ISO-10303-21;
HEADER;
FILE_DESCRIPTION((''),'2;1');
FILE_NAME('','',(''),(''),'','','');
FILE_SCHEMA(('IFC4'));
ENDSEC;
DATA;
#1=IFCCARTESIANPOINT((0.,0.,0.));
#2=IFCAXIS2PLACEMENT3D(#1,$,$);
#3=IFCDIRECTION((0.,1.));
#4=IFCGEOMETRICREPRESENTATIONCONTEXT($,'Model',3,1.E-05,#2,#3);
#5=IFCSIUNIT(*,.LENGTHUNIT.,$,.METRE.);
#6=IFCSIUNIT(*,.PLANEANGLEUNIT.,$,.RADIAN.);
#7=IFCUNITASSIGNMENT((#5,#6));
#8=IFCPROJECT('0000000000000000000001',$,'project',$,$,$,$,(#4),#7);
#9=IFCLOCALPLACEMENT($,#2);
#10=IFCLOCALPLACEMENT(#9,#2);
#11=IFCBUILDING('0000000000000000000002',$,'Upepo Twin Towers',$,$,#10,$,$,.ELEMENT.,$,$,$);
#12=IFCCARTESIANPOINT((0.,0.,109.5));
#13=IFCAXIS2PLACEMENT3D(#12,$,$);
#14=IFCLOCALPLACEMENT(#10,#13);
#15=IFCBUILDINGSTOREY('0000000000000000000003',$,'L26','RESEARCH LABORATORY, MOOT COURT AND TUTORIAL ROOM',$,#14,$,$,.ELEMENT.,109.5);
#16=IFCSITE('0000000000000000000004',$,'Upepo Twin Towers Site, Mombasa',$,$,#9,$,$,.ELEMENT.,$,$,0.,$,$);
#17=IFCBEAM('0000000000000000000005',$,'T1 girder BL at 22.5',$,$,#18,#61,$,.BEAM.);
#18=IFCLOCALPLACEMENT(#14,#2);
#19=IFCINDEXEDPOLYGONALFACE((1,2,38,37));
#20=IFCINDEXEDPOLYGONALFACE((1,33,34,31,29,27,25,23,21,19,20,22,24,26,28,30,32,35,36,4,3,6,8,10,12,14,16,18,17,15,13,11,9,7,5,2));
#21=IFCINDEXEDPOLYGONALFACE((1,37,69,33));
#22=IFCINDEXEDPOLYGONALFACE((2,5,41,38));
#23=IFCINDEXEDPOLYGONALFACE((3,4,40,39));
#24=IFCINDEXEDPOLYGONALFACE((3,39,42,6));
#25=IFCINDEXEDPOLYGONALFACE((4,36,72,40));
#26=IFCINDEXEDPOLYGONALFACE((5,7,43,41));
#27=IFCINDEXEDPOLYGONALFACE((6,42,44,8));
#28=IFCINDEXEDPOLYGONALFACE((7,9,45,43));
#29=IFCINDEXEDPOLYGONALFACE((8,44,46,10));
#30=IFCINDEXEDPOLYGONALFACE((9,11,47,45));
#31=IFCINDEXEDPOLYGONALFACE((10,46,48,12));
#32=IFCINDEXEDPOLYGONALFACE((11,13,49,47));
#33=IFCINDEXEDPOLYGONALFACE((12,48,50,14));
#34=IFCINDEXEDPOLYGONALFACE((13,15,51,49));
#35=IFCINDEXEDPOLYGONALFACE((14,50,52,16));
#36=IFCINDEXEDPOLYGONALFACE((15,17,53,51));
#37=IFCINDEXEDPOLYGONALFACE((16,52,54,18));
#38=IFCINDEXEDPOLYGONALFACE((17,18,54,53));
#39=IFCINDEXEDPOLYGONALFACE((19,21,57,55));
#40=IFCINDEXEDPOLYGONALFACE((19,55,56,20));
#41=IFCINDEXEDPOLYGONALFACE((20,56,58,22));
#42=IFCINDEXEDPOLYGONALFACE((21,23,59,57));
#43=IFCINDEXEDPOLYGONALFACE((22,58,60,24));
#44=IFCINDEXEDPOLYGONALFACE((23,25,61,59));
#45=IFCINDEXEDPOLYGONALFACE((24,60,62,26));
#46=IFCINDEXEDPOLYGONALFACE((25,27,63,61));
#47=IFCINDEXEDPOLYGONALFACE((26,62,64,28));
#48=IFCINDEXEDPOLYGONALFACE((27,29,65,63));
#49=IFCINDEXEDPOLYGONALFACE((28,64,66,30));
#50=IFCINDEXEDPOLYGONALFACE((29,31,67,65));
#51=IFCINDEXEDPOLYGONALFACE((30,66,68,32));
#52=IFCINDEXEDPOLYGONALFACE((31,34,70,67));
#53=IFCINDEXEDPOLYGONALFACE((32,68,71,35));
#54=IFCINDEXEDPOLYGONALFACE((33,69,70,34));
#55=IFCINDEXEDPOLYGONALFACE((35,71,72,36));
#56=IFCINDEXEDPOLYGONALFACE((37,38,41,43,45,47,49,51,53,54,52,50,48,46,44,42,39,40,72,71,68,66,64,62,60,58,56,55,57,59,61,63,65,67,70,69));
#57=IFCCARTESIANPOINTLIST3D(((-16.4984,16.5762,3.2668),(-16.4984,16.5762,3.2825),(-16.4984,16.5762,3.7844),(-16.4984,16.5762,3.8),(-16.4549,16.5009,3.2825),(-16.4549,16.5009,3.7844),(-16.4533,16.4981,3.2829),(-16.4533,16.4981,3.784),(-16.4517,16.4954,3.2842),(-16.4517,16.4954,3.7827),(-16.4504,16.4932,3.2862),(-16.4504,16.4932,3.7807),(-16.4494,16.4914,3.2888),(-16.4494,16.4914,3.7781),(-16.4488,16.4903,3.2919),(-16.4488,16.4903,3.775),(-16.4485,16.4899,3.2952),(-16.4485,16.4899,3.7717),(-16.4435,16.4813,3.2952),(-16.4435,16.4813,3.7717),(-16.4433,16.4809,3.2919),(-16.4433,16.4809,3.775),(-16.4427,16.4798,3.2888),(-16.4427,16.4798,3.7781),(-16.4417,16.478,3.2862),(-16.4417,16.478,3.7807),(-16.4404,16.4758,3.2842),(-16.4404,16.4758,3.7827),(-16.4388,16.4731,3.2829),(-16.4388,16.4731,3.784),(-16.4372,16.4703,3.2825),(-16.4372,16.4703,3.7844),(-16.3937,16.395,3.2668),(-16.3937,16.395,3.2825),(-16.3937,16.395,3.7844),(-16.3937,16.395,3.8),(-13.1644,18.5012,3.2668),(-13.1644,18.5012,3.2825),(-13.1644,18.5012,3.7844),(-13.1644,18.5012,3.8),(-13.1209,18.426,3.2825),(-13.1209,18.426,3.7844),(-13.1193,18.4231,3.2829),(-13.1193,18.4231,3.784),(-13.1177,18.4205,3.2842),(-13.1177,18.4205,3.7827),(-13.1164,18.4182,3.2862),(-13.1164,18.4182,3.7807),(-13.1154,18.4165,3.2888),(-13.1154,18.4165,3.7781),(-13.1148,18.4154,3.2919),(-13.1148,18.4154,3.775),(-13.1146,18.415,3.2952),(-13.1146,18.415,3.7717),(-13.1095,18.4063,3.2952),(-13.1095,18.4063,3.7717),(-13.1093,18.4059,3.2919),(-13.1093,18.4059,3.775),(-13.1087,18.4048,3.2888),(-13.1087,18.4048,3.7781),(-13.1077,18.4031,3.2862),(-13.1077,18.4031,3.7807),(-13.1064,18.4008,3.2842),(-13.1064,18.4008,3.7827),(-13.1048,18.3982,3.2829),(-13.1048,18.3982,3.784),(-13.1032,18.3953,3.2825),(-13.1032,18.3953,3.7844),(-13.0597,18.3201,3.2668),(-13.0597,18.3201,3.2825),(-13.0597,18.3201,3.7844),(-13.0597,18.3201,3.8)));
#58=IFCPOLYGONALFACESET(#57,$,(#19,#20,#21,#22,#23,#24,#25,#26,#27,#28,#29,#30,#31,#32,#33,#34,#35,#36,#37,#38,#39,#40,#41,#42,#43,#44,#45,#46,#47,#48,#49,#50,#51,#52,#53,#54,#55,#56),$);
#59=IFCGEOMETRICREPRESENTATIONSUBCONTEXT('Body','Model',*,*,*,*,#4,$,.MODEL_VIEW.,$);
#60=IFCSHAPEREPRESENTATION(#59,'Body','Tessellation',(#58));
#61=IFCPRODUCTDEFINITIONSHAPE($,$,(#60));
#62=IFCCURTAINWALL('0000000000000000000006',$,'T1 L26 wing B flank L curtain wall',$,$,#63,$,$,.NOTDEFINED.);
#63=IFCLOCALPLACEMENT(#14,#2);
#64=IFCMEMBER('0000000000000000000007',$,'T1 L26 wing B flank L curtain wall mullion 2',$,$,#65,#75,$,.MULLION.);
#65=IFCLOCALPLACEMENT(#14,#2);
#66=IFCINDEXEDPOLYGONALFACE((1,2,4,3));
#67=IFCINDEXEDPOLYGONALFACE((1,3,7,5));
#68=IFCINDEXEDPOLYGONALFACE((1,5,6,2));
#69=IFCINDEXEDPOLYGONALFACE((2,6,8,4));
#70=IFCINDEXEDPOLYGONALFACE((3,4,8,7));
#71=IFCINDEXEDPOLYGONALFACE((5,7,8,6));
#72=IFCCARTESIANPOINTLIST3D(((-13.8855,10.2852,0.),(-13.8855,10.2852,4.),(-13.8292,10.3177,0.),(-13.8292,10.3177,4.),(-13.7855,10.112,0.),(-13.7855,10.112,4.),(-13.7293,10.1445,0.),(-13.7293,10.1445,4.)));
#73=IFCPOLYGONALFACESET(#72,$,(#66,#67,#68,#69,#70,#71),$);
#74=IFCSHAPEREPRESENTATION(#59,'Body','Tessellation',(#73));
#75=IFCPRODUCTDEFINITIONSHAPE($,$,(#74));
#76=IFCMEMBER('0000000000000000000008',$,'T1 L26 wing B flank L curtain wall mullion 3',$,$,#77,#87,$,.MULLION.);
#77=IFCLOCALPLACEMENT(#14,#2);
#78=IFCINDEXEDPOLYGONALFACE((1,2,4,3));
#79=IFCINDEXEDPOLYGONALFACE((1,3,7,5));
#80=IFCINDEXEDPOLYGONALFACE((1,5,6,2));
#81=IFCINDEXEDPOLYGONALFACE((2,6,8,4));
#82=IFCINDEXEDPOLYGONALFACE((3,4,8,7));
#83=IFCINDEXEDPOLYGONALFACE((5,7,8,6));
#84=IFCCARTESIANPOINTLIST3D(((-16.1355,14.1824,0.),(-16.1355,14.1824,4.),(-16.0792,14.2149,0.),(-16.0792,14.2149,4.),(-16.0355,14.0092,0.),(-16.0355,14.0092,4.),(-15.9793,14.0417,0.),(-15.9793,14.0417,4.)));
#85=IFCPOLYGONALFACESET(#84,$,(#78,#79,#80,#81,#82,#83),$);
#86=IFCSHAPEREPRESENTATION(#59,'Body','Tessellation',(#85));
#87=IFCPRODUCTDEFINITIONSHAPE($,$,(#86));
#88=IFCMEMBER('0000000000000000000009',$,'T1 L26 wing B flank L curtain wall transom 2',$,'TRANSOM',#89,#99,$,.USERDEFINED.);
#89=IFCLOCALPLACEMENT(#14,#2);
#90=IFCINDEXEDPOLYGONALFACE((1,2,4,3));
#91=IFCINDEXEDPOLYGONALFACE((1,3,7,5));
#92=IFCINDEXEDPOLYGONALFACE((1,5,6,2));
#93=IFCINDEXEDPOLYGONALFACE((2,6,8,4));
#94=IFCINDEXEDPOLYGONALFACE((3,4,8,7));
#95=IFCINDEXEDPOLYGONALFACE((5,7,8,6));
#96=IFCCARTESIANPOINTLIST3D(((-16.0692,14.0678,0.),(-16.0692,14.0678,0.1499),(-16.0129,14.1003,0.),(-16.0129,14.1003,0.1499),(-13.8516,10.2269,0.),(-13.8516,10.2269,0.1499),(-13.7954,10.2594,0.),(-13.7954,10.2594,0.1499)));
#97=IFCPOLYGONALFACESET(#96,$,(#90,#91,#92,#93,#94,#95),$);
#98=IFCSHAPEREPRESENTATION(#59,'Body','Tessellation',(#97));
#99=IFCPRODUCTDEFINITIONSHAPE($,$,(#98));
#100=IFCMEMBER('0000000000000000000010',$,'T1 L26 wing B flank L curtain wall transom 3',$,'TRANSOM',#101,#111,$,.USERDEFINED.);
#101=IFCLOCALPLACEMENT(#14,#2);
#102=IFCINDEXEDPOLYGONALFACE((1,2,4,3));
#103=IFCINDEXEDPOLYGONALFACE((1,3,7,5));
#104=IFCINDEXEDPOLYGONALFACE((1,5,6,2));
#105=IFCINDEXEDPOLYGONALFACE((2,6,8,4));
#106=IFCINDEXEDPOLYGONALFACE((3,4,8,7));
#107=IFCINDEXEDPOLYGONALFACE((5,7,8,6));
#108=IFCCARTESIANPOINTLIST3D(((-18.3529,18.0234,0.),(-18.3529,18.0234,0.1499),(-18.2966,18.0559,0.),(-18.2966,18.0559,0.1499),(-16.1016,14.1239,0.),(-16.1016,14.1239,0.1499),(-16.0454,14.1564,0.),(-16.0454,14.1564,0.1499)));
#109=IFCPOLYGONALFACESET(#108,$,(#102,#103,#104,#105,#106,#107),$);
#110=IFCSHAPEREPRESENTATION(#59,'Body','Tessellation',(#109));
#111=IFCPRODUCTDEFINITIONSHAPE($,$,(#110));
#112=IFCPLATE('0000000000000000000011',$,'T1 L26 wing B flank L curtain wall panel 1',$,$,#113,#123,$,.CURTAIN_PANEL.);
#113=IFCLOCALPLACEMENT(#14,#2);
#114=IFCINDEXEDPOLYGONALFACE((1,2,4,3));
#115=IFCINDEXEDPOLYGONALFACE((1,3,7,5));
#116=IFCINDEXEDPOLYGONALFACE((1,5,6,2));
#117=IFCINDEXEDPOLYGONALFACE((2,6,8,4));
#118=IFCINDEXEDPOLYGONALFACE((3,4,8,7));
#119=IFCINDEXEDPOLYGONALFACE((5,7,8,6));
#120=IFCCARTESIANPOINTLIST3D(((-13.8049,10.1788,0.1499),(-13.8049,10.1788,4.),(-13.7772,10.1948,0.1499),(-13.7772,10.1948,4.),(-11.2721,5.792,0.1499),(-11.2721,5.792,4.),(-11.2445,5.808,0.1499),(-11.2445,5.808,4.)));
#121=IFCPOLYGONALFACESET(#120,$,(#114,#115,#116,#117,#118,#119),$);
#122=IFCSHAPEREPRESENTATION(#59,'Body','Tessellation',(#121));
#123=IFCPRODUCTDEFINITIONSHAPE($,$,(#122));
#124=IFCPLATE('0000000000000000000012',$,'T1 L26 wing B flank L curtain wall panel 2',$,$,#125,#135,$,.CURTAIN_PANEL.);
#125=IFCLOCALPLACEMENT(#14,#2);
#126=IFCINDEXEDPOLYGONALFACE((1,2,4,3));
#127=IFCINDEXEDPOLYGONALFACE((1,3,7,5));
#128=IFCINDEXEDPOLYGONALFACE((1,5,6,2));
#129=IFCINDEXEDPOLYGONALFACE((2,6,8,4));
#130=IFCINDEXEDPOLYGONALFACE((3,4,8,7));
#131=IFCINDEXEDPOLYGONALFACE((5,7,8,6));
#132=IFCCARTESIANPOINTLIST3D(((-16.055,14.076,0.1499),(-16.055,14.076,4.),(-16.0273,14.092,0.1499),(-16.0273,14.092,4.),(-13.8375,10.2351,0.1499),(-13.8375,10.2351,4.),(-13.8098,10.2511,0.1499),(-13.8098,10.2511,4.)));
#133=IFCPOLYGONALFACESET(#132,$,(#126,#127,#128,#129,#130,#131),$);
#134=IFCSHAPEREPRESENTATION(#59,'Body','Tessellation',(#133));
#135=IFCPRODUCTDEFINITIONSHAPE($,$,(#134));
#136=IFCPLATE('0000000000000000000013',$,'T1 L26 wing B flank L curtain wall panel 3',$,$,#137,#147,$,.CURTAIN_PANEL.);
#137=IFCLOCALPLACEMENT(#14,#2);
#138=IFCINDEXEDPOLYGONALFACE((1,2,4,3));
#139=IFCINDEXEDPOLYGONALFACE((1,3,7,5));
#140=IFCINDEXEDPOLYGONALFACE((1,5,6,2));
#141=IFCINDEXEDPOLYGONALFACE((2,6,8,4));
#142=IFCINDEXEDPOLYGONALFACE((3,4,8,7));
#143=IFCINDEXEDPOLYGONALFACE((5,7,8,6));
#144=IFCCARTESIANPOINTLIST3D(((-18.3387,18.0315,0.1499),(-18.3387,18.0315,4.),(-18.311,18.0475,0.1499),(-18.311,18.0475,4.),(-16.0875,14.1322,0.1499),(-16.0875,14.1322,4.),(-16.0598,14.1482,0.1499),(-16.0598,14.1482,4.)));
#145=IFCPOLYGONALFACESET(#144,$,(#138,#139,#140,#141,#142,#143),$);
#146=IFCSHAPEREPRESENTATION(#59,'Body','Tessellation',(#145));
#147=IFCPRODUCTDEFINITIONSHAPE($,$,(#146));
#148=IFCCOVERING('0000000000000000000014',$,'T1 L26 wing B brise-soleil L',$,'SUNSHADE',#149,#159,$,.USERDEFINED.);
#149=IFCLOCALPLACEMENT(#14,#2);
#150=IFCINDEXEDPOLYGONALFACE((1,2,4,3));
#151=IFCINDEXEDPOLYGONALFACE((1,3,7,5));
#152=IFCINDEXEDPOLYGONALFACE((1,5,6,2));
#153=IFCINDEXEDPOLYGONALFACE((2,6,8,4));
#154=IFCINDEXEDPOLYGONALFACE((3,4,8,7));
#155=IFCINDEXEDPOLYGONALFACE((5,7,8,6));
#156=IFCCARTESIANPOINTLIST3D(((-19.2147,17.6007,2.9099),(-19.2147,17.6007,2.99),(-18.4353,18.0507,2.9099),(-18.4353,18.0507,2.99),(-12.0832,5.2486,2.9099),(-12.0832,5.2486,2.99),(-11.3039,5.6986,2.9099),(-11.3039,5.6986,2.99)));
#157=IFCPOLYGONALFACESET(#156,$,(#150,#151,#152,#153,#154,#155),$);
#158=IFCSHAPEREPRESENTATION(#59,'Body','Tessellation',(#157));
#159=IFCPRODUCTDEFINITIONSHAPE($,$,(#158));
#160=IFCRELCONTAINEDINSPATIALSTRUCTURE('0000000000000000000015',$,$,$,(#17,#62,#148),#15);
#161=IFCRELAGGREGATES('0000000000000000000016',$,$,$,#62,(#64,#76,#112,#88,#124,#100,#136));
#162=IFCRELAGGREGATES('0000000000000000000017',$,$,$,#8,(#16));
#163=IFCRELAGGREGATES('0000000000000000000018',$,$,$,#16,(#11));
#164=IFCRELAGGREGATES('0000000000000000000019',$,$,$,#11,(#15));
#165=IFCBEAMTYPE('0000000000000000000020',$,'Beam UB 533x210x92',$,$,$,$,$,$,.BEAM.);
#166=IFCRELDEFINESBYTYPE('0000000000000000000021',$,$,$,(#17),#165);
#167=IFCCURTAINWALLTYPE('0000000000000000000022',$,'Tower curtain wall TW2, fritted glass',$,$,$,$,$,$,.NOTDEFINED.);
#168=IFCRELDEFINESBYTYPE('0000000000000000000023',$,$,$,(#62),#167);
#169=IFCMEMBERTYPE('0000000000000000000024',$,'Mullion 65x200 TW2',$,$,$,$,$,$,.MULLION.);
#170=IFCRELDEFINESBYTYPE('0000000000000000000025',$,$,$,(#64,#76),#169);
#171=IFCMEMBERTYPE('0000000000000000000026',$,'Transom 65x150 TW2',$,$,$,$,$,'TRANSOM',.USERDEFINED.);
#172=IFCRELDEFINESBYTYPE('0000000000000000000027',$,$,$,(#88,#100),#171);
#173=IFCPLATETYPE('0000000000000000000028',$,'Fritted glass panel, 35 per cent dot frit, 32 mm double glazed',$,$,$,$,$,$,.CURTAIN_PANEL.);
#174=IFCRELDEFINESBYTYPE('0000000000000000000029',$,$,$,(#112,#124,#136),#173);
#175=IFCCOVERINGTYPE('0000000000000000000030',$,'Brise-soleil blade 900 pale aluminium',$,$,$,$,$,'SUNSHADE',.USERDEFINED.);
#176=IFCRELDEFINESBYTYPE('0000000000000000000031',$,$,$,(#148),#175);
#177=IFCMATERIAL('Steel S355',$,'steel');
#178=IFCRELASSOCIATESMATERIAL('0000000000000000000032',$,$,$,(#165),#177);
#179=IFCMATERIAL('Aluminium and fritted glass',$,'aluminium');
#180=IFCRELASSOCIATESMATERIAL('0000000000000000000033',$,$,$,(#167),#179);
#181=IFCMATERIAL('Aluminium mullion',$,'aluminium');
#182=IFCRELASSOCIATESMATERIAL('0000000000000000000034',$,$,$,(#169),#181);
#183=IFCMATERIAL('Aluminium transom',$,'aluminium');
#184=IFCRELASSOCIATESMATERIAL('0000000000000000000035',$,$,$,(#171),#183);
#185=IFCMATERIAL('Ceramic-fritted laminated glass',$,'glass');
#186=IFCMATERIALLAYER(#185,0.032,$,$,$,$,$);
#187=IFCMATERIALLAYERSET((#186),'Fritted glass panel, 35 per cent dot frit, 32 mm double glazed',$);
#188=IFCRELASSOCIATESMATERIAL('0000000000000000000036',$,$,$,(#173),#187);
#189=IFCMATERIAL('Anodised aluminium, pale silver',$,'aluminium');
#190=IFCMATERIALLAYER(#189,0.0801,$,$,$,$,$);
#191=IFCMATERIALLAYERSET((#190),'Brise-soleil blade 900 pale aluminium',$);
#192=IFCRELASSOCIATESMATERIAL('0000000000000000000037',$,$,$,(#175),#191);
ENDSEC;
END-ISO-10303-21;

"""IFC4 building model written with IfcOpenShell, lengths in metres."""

from ifc_helpers import new_model, si_unit, direction, frame, origin, origin_2d, place, context, subcontext, project, spatial, rectangle, i_section, extrude, material, layer, layer_set, material_profile, profile_set, type_object, element, aggregate, save


model = new_model("IFC4")

# Units and contexts
model_context = context("Model", 3, precision=1e-05, world=origin(), true_north=direction((0.0, 1.0)))
body_context = subcontext(model_context, "Body", "Model", "MODEL_VIEW")
ifc_project = project(units=[si_unit("LENGTHUNIT", "METRE"), si_unit("PLANEANGLEUNIT", "RADIAN")], contexts=[model_context])

# Site, building, storey
site_placement = place(None, origin())
site = spatial("IfcSite", under=ifc_project, at=site_placement, Name="Upepo Twin Towers Site, Mombasa", CompositionType="ELEMENT", RefElevation=0.0)
building_placement = place(site_placement, origin())
building = spatial("IfcBuilding", under=site, at=building_placement, Name="Upepo Twin Towers", CompositionType="ELEMENT")
storey_placement = place(building_placement, frame((0.0, 0.0, 109.5)))
storey = spatial("IfcBuildingStorey", under=building, at=storey_placement, Name="L26", Description="RESEARCH LABORATORY, MOOT COURT AND TUTORIAL ROOM", CompositionType="ELEMENT", Elevation=109.5)

# Beam
ifc_material_1 = material(Name="Steel S355", Category="steel")
ifc_material_profile_1 = material_profile(ifc_material_1, i_section(OverallWidth=0.2092, OverallDepth=0.5332, WebThickness=0.01, FlangeThickness=0.0156, FilletRadius=0.0127, at=origin_2d()), Name="UB 533x210x92")
ifc_profile_set_1 = profile_set([ifc_material_profile_1], Name="Steel S355")
beam_type_1 = type_object("IfcBeamType", Name="Beam UB 533x210x92", PredefinedType="BEAM", material=ifc_profile_set_1)
for number, where, z_axis, x_axis, name in (
    (1, (-16.446, 16.4856, 3.5334), (0.866006, 0.500034, 0.0), (-0.500034, 0.866006, 0.0), "T1 girder BL at 22.5"),
):
    element("IfcBeam", number, at=place(storey_placement, frame(where, z_axis=z_axis, x_axis=x_axis)), inside=storey, type_object=beam_type_1, Name=name, PredefinedType="BEAM", context=body_context, shape_type="SweptSolid", body=[
        extrude(i_section(OverallWidth=0.2092, OverallDepth=0.5332, WebThickness=0.01, FlangeThickness=0.0156, FilletRadius=0.0127, at=origin_2d()), origin(), (0.0, 0.0, 1.0), 3.8499),
    ])

# Curtain wall, members, plates
ifc_material_2 = material(Name="Aluminium and fritted glass", Category="aluminium")
curtain_wall_type = type_object("IfcCurtainWallType", Name="Tower curtain wall TW2, fritted glass", PredefinedType="NOTDEFINED", material=ifc_material_2)
curtain_wall_placement = place(storey_placement, origin())
curtain_wall = element("IfcCurtainWall", 2, at=curtain_wall_placement, inside=storey, type_object=curtain_wall_type, Name="T1 L26 wing B flank L curtain wall", PredefinedType="NOTDEFINED")
ifc_material_3 = material(Name="Aluminium mullion", Category="aluminium")
ifc_material_profile_2 = material_profile(ifc_material_3, rectangle(XDim=0.0649, YDim=0.2, at=origin_2d()), Name="MULLION 65x200")
ifc_profile_set_2 = profile_set([ifc_material_profile_2], Name="Aluminium mullion")
member_type_1 = type_object("IfcMemberType", Name="Mullion 65x200 TW2", PredefinedType="MULLION", material=ifc_profile_set_2)
member_1_placement = place(storey_placement, frame((-13.8074, 10.2148, 0.0), z_axis=(0.0, 0.0, 1.0), x_axis=(-0.866025, -0.5, 0.0)))
member_1 = element("IfcMember", 3, at=member_1_placement, type_object=member_type_1, Name="T1 L26 wing B flank L curtain wall mullion 2", PredefinedType="MULLION", context=body_context, shape_type="SweptSolid", body=[
    extrude(rectangle(XDim=0.0649, YDim=0.2, at=origin_2d()), origin(), (0.0, 0.0, 1.0), 4.0),
])
member_2_placement = place(storey_placement, frame((-16.0574, 14.1121, 0.0), z_axis=(0.0, 0.0, 1.0), x_axis=(-0.866025, -0.5, 0.0)))
member_2 = element("IfcMember", 4, at=member_2_placement, type_object=member_type_1, Name="T1 L26 wing B flank L curtain wall mullion 3", PredefinedType="MULLION", context=body_context, shape_type="SweptSolid", body=[
    extrude(rectangle(XDim=0.0649, YDim=0.2, at=origin_2d()), origin(), (0.0, 0.0, 1.0), 4.0),
])
ifc_material_4 = material(Name="Aluminium transom", Category="aluminium")
ifc_material_profile_3 = material_profile(ifc_material_4, rectangle(XDim=0.0649, YDim=0.1499, at=origin_2d()), Name="TRANSOM 65x150")
ifc_profile_set_3 = profile_set([ifc_material_profile_3], Name="Aluminium transom")
member_type_2 = type_object("IfcMemberType", Name="Transom 65x150 TW2", ElementType="TRANSOM", PredefinedType="USERDEFINED", material=ifc_profile_set_3)
member_3_placement = place(storey_placement, frame((-13.8235, 10.2432, 0.075), z_axis=(-0.500005, 0.866022, 0.0), x_axis=(-0.866022, -0.500005, 0.0)))
member_3 = element("IfcMember", 5, at=member_3_placement, type_object=member_type_2, Name="T1 L26 wing B flank L curtain wall transom 2", ObjectType="TRANSOM", PredefinedType="USERDEFINED", context=body_context, shape_type="SweptSolid", body=[
    extrude(rectangle(XDim=0.0649, YDim=0.1499, at=origin_2d()), origin(), (0.0, 0.0, 1.0), 4.4351),
])
member_4_placement = place(storey_placement, frame((-16.0735, 14.1401, 0.075), z_axis=(-0.499982, 0.866036, 0.0), x_axis=(-0.866036, -0.499982, 0.0)))
member_4 = element("IfcMember", 6, at=member_4_placement, type_object=member_type_2, Name="T1 L26 wing B flank L curtain wall transom 3", ObjectType="TRANSOM", PredefinedType="USERDEFINED", context=body_context, shape_type="SweptSolid", body=[
    extrude(rectangle(XDim=0.0649, YDim=0.1499, at=origin_2d()), origin(), (0.0, 0.0, 1.0), 4.5027),
])
ifc_material_5 = material(Name="Ceramic-fritted laminated glass", Category="glass")
ifc_layer_1 = layer(ifc_material_5, 0.032)
ifc_layer_set_1 = layer_set([ifc_layer_1], Name="Fritted glass panel, 35 per cent dot frit, 32 mm double glazed")
plate_type = type_object("IfcPlateType", Name="Fritted glass panel, 35 per cent dot frit, 32 mm double glazed", PredefinedType="CURTAIN_PANEL", material=ifc_layer_set_1)
plate_1_placement = place(storey_placement, frame((-12.5247, 7.9934, 0.1499), z_axis=(0.0, 0.0, 1.0), x_axis=(-0.5, 0.866025, 0.0)))
plate_1 = element("IfcPlate", 7, at=plate_1_placement, type_object=plate_type, Name="T1 L26 wing B flank L curtain wall panel 1", PredefinedType="CURTAIN_PANEL", context=body_context, shape_type="SweptSolid", body=[
    extrude(rectangle(XDim=5.0654, YDim=0.032, at=origin_2d()), origin(), (0.0, 0.0, 1.0), 3.8501),
])
plate_2_placement = place(storey_placement, frame((-14.9324, 12.1636, 0.1499), z_axis=(0.0, 0.0, 1.0), x_axis=(-0.5, 0.866025, 0.0)))
plate_2 = element("IfcPlate", 8, at=plate_2_placement, type_object=plate_type, Name="T1 L26 wing B flank L curtain wall panel 2", PredefinedType="CURTAIN_PANEL", context=body_context, shape_type="SweptSolid", body=[
    extrude(rectangle(XDim=4.4351, YDim=0.032, at=origin_2d()), origin(), (0.0, 0.0, 1.0), 3.8501),
])
plate_3_placement = place(storey_placement, frame((-17.1992, 16.0898, 0.1499), z_axis=(0.0, 0.0, 1.0), x_axis=(-0.5, 0.866025, 0.0)))
plate_3 = element("IfcPlate", 9, at=plate_3_placement, type_object=plate_type, Name="T1 L26 wing B flank L curtain wall panel 3", PredefinedType="CURTAIN_PANEL", context=body_context, shape_type="SweptSolid", body=[
    extrude(rectangle(XDim=4.5024, YDim=0.032, at=origin_2d()), origin(), (0.0, 0.0, 1.0), 3.8501),
])
aggregate(curtain_wall, [member_1, member_2, plate_1, member_3, plate_2, member_4, plate_3])

# Covering
ifc_material_6 = material(Name="Anodised aluminium, pale silver", Category="aluminium")
ifc_layer_2 = layer(ifc_material_6, 0.0801)
ifc_layer_set_2 = layer_set([ifc_layer_2], Name="Brise-soleil blade 900 pale aluminium")
covering_type = type_object("IfcCoveringType", Name="Brise-soleil blade 900 pale aluminium", ElementType="SUNSHADE", PredefinedType="USERDEFINED", material=ifc_layer_set_2)
covering_placement = place(storey_placement, frame((-15.2593, 11.6497, 2.9099), z_axis=(0.0, 0.0, 1.0), x_axis=(-0.5, 0.866025, 0.0)))
element("IfcCovering", 10, at=covering_placement, inside=storey, type_object=covering_type, Name="T1 L26 wing B brise-soleil L", ObjectType="SUNSHADE", PredefinedType="USERDEFINED", context=body_context, shape_type="SweptSolid", body=[
    extrude(rectangle(XDim=14.2629, YDim=0.8999, at=origin_2d()), origin(), (0.0, 0.0, 1.0), 0.0801),
])

save(model, "model.ifc")
